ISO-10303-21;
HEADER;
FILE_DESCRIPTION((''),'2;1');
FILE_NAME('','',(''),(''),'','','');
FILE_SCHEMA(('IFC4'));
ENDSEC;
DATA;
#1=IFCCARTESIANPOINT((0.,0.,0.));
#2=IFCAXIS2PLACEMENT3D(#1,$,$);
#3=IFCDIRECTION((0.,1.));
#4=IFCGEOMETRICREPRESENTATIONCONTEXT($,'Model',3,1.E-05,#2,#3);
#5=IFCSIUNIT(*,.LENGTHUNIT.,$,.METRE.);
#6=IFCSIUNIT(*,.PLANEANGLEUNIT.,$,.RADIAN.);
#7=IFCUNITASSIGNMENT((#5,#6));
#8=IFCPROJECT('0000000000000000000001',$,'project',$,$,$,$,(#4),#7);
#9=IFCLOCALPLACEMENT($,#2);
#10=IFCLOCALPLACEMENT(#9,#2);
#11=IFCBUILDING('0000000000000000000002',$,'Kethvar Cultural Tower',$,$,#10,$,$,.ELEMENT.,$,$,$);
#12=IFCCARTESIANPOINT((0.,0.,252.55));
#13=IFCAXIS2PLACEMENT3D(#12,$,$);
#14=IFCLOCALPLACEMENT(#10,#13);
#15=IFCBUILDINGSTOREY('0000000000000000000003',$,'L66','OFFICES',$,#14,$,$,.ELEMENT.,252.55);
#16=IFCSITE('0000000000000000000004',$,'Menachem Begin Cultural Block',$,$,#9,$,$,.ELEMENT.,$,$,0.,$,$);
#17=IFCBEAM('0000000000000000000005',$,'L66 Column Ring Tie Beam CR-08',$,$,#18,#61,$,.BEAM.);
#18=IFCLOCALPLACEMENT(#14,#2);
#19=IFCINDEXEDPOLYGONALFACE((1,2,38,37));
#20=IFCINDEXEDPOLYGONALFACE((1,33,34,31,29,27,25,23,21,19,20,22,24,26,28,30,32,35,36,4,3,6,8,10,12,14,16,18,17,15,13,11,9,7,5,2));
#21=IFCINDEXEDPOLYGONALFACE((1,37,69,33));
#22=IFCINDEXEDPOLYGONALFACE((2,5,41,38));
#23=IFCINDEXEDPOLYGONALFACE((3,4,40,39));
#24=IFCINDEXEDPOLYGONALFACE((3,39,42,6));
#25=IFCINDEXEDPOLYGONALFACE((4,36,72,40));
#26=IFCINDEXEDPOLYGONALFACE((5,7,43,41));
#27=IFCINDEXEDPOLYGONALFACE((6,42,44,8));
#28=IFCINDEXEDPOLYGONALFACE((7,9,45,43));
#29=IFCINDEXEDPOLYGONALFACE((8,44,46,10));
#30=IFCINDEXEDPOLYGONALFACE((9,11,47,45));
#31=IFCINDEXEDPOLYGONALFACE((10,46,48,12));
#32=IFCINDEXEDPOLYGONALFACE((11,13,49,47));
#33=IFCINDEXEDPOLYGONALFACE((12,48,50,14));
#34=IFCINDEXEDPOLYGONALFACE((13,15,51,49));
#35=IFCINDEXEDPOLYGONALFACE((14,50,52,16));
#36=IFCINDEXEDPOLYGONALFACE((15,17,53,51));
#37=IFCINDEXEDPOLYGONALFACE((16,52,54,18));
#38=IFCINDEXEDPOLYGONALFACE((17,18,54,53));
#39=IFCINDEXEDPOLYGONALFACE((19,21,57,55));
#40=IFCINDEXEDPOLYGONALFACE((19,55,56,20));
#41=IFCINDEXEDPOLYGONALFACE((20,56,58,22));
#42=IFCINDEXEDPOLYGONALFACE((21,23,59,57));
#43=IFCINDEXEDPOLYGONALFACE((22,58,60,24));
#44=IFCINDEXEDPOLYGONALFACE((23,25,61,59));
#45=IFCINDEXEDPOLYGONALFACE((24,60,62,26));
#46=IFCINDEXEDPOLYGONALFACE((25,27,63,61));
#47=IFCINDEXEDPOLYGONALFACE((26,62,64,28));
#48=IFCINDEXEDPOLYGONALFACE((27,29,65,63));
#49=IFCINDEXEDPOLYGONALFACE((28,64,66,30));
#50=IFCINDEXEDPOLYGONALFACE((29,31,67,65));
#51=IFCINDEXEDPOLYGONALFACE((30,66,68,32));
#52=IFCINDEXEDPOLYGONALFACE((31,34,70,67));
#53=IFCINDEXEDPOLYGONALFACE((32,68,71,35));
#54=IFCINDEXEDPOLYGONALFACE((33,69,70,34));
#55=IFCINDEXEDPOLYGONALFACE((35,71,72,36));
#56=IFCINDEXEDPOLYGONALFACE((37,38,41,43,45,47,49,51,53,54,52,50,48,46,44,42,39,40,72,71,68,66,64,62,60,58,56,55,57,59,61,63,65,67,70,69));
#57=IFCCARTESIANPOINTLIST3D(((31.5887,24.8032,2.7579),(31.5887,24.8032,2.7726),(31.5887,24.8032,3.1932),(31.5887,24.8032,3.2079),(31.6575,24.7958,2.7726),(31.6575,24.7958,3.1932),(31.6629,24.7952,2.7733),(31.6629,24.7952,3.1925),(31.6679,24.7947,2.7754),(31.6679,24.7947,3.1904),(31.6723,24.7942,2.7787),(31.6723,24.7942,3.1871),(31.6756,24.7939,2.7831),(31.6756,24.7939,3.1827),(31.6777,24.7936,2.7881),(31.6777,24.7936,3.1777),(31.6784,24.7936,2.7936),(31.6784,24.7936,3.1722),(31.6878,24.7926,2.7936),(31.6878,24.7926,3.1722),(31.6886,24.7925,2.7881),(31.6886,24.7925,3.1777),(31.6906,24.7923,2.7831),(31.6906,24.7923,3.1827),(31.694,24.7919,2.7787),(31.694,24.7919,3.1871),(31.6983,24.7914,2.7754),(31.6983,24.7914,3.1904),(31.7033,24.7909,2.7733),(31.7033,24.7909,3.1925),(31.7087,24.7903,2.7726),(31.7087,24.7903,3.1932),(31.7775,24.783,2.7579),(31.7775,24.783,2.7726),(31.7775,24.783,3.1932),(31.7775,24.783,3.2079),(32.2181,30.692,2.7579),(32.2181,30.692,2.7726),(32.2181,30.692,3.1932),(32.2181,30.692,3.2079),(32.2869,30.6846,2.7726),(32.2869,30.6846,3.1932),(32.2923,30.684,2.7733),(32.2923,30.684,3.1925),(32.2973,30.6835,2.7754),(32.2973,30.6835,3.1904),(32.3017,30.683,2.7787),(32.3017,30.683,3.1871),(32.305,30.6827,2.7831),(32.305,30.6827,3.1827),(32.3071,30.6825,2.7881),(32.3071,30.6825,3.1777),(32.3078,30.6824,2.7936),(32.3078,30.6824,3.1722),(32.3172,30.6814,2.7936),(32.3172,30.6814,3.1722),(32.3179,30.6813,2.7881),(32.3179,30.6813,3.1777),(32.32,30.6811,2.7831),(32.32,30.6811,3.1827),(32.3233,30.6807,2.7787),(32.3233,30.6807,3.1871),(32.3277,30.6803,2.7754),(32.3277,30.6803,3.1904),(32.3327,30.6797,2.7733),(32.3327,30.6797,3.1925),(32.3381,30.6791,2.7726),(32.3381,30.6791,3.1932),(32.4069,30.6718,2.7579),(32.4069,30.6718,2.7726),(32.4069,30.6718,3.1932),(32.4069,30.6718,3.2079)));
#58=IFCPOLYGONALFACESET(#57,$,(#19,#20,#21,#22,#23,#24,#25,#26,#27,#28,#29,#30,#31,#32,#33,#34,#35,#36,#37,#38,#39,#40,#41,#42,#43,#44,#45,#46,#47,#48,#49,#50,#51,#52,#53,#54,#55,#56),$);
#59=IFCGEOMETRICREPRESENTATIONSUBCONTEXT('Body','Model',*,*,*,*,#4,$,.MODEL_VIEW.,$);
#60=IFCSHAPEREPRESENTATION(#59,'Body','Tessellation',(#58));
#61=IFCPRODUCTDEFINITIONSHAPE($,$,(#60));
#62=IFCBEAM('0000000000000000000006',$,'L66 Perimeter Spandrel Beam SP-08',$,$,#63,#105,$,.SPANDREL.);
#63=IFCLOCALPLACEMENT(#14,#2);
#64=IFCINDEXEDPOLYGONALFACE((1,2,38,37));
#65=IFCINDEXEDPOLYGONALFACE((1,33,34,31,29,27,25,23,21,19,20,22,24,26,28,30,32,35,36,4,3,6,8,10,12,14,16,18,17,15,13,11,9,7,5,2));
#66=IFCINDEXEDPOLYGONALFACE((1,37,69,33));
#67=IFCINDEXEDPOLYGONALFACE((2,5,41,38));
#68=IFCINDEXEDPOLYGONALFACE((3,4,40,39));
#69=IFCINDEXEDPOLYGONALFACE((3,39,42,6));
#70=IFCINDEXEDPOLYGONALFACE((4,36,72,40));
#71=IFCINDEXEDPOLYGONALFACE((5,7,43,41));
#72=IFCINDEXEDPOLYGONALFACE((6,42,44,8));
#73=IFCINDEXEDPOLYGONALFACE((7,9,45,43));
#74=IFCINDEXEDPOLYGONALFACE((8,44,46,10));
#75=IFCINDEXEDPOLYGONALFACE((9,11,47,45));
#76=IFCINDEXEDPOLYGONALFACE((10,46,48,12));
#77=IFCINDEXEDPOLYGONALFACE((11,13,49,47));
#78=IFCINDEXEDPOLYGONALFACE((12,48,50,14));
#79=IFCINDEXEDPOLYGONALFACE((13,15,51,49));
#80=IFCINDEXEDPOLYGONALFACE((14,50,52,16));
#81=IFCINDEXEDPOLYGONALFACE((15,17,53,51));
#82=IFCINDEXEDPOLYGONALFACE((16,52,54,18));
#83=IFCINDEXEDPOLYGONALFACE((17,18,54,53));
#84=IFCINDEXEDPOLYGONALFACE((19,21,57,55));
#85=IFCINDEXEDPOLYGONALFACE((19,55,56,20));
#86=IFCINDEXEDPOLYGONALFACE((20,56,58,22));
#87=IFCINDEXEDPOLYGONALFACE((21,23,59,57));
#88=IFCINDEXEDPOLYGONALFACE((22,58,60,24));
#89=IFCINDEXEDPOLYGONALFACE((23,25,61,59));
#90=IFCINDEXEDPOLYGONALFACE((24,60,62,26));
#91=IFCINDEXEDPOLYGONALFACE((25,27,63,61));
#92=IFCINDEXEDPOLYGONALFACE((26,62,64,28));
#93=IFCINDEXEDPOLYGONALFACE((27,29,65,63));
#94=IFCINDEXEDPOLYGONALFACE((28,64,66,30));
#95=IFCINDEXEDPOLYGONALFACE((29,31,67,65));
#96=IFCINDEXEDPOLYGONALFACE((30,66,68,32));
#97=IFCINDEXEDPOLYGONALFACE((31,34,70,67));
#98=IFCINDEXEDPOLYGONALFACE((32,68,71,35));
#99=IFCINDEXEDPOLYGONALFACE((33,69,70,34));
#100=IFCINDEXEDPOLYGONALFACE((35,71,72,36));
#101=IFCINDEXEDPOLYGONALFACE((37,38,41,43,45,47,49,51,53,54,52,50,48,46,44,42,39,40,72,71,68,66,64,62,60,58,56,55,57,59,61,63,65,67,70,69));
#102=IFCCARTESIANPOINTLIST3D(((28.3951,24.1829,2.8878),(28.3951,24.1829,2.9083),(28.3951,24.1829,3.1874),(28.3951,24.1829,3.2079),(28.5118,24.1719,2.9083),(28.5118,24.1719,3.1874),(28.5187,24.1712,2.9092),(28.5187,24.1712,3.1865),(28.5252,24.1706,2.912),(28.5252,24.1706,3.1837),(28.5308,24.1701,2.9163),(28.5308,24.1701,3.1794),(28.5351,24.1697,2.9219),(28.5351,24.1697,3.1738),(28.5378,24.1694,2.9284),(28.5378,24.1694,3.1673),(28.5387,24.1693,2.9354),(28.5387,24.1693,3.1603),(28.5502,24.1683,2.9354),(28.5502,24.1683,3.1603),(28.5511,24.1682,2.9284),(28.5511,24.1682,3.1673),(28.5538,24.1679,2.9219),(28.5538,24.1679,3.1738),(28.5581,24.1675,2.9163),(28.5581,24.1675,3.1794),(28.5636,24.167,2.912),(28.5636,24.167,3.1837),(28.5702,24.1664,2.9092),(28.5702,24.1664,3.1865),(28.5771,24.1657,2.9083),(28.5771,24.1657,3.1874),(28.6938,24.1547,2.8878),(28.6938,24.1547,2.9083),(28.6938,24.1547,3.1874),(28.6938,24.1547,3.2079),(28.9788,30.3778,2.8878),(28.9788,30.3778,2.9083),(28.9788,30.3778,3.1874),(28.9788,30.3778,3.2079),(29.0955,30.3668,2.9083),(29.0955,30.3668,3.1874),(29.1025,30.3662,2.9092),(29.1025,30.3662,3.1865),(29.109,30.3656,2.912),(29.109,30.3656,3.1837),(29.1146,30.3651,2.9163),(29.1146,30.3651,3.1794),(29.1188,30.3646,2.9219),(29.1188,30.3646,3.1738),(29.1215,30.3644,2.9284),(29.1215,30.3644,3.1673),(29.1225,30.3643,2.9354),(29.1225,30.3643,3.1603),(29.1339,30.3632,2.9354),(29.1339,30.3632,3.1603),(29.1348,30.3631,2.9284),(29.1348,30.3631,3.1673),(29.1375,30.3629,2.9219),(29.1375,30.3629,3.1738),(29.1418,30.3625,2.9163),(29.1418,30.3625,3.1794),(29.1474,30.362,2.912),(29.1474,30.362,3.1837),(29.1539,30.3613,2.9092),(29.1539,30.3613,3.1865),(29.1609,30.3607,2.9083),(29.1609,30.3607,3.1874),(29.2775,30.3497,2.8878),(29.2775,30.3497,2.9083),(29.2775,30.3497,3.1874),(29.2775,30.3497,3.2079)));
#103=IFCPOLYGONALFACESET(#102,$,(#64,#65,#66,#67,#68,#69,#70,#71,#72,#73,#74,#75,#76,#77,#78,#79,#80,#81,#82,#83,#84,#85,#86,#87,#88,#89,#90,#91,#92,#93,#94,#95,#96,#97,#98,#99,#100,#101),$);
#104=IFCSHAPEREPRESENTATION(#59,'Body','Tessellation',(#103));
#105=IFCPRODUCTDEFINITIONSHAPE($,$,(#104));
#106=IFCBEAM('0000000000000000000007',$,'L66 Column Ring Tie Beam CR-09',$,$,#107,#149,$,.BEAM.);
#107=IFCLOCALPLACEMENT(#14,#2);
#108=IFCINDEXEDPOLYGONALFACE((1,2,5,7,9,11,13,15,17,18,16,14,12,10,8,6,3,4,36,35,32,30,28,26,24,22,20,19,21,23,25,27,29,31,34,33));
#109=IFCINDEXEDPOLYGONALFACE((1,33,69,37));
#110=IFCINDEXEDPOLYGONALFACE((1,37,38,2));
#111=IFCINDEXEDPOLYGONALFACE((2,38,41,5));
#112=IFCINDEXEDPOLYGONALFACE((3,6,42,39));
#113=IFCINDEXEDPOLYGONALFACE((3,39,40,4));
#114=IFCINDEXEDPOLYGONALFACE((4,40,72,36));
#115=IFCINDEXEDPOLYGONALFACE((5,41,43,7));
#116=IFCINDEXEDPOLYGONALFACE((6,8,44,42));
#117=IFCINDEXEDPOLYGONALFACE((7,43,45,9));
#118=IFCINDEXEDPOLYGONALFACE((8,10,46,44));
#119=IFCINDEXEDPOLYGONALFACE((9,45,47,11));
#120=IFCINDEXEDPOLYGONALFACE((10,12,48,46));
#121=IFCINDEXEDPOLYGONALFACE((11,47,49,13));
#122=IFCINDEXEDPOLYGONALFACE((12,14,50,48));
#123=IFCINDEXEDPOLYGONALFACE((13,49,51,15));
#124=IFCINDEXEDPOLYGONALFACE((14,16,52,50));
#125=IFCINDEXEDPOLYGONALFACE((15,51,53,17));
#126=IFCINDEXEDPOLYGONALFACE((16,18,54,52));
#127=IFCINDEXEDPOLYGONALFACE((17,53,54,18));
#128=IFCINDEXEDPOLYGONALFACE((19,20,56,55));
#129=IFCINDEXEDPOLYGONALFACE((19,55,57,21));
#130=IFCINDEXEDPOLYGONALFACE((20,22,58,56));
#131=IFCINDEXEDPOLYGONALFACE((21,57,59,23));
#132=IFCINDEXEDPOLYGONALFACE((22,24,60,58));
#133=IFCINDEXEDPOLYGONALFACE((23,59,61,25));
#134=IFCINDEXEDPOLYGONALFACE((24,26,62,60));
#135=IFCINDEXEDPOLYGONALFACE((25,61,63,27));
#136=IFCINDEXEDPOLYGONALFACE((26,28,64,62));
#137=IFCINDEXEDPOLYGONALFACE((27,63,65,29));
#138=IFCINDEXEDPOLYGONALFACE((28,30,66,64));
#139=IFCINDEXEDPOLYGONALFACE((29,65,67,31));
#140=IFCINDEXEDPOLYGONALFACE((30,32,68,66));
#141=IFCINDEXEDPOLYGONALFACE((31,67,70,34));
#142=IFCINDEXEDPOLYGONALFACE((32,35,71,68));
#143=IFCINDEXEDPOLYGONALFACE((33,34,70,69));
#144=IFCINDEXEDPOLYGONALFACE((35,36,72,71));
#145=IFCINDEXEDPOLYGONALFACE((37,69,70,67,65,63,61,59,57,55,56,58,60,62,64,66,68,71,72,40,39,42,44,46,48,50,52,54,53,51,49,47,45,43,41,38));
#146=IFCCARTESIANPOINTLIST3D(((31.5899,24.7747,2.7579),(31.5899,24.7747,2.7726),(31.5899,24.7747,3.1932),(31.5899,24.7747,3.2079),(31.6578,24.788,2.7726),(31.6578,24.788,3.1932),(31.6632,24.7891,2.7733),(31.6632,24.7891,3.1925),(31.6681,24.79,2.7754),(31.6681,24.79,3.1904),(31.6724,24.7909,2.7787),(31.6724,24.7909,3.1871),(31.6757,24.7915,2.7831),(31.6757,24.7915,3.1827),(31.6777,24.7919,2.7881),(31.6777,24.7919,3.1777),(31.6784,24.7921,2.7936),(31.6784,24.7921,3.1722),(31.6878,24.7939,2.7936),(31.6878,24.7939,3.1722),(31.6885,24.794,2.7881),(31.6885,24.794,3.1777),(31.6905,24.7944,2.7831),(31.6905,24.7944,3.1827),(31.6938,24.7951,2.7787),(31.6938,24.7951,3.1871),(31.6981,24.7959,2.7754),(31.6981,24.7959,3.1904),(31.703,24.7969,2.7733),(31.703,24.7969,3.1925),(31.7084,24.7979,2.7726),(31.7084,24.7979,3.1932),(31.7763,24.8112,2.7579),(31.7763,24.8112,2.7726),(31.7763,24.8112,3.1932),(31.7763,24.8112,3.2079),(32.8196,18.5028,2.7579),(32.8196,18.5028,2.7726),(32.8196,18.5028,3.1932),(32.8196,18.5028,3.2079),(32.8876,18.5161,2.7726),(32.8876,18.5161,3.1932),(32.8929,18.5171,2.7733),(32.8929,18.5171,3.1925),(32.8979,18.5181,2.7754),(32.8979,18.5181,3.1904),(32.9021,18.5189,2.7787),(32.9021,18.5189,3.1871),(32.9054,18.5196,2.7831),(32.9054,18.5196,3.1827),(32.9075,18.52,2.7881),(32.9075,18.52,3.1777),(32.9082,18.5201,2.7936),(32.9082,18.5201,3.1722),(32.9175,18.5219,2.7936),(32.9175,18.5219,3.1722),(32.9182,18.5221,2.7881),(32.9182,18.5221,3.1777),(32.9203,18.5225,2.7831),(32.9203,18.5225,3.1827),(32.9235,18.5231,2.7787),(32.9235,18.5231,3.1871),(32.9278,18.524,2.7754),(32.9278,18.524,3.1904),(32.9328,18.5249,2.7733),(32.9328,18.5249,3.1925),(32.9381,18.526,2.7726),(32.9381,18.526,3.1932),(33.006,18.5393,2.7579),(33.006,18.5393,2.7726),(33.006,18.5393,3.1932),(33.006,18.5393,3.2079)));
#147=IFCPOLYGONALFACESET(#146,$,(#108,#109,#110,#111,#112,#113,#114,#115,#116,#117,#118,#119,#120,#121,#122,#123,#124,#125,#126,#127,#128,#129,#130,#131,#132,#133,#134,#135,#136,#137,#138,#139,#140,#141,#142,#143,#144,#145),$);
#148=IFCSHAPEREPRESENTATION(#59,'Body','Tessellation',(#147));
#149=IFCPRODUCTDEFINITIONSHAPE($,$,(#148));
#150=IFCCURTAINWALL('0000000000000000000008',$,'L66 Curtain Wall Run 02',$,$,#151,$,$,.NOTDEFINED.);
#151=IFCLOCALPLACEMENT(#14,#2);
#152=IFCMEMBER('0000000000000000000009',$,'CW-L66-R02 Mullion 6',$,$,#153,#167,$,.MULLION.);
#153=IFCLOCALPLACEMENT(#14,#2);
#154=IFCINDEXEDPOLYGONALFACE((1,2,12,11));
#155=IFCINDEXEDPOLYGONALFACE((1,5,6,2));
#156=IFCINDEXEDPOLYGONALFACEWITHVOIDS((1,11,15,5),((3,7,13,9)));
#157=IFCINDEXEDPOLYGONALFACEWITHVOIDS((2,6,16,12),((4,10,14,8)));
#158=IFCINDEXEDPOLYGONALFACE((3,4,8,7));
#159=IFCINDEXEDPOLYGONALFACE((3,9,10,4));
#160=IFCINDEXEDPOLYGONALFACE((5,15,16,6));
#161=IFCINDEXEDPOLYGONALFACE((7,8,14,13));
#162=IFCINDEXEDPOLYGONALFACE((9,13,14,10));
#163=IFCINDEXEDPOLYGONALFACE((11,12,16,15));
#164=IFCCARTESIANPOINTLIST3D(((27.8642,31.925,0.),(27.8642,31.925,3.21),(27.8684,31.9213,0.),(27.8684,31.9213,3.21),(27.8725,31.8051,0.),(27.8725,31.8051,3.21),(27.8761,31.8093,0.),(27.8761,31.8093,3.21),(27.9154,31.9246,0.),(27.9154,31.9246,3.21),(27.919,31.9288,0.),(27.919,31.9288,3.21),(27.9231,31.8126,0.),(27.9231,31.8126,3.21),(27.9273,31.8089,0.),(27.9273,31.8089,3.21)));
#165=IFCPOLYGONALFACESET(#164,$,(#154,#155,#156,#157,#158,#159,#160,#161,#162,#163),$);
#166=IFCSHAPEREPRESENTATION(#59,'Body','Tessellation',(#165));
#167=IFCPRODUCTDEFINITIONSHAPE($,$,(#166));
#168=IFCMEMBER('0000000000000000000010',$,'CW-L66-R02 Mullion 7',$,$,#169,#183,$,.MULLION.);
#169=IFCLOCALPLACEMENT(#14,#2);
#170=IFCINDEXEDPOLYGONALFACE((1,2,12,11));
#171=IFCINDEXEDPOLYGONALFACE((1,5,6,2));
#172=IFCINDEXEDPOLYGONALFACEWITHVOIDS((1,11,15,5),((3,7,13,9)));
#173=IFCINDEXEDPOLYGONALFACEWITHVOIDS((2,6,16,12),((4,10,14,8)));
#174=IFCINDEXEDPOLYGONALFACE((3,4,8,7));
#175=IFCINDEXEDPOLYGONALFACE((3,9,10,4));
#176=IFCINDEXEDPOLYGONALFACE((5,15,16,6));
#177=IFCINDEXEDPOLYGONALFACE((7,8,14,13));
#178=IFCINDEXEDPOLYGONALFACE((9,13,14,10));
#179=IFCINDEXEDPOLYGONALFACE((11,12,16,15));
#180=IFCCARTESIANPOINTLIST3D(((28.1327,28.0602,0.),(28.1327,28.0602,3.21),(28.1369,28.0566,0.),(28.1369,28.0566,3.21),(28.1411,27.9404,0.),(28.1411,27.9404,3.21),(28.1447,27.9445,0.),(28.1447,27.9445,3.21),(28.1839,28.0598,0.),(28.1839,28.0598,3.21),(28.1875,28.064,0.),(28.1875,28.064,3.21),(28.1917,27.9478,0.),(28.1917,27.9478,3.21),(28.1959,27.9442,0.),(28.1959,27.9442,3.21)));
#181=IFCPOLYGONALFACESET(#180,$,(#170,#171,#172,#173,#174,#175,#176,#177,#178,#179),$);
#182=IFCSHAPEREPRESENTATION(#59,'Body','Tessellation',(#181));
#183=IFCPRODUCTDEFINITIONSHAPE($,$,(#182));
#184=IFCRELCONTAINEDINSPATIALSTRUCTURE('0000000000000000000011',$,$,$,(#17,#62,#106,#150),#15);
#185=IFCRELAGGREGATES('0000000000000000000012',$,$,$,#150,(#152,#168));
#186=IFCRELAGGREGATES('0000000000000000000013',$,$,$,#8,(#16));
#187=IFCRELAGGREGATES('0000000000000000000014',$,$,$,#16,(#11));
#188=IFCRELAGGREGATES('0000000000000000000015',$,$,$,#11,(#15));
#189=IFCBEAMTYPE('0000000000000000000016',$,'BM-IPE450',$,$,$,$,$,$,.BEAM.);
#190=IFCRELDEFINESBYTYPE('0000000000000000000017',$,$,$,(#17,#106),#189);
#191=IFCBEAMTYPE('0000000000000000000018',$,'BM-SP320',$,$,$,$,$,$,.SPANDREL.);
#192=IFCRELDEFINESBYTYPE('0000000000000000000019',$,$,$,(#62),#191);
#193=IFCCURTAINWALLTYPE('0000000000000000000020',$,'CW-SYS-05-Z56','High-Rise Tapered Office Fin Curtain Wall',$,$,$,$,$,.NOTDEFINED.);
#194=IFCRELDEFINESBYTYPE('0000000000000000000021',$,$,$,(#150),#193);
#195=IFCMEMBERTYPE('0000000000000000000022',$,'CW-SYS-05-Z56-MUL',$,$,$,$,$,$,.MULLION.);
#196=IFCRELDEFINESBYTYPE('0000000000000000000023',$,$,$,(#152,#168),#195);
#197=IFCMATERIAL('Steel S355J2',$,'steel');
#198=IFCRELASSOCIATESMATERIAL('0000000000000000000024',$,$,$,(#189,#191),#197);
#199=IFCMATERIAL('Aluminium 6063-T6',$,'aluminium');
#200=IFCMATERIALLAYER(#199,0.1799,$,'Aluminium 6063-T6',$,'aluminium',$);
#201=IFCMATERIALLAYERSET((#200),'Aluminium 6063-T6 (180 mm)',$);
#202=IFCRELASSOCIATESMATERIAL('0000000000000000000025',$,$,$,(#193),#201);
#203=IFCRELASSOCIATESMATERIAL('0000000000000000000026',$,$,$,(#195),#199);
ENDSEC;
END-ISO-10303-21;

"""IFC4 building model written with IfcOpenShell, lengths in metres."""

from ifc_helpers import new_model, si_unit, direction, frame, origin, origin_2d, place, context, subcontext, project, spatial, hollow_rectangle, i_section, extrude, source, transform, mapped, material, layer, layer_set, material_profile, profile_set, type_object, element, aggregate, save


model = new_model("IFC4")

# Units and contexts
model_context = context("Model", 3, precision=1e-05, world=origin(), true_north=direction((0.0, 1.0)))
body_context = subcontext(model_context, "Body", "Model", "MODEL_VIEW")
ifc_project = project(units=[si_unit("LENGTHUNIT", "METRE"), si_unit("PLANEANGLEUNIT", "RADIAN")], contexts=[model_context])

# Site, building, storey
site_placement = place(None, origin())
site = spatial("IfcSite", under=ifc_project, at=site_placement, Name="Menachem Begin Cultural Block", CompositionType="ELEMENT", RefElevation=0.0)
building_placement = place(site_placement, origin())
building = spatial("IfcBuilding", under=site, at=building_placement, Name="Kethvar Cultural Tower", CompositionType="ELEMENT")
storey_placement = place(building_placement, frame((0.0, 0.0, 252.55)))
storey = spatial("IfcBuildingStorey", under=building, at=storey_placement, Name="L66", Description="OFFICES", CompositionType="ELEMENT", Elevation=252.55)

# Beams
ifc_material_1 = material(Name="Steel S355J2", Category="steel")
ifc_material_profile_1 = material_profile(ifc_material_1, i_section(OverallWidth=0.1899, OverallDepth=0.45, WebThickness=0.0095, FlangeThickness=0.0146, FilletRadius=0.021, at=origin_2d()), Name="Steel S355J2 — IPE450")
ifc_profile_set_1 = profile_set([ifc_material_profile_1], Name="Steel S355J2 — IPE450")
beam_type_1 = type_object("IfcBeamType", Name="BM-IPE450", PredefinedType="BEAM", material=ifc_profile_set_1)
shared_shape_1 = source(origin(), body_context, "Body", "SweptSolid", [
    extrude(i_section(OverallWidth=0.1899, OverallDepth=0.45, WebThickness=0.0095, FlangeThickness=0.0146, FilletRadius=0.021, at=origin_2d()), origin(), (0.0, 0.0, 1.0), 5.9224),
])
beam_1_placement = place(storey_placement, frame((32.3125, 30.6819, 2.9829), z_axis=(-0.106273, -0.994337, 0.0), x_axis=(0.994337, -0.106273, 0.0)))
element("IfcBeam", 1, at=beam_1_placement, inside=storey, type_object=beam_type_1, Name="L66 Column Ring Tie Beam CR-08", PredefinedType="BEAM", context=body_context, shape_type="MappedRepresentation", body=[
    mapped(shared_shape_1, transform((0.0, 0.0, 0.0), scale=1.0)),
])
ifc_material_profile_2 = material_profile(ifc_material_1, i_section(OverallWidth=0.3, OverallDepth=0.3201, WebThickness=0.0115, FlangeThickness=0.0205, FilletRadius=0.0271, at=origin_2d()), Name="Steel S355J2 — HEB320")
ifc_profile_set_2 = profile_set([ifc_material_profile_2], Name="Steel S355J2 — HEB320")
beam_type_2 = type_object("IfcBeamType", Name="BM-SP320", PredefinedType="SPANDREL", material=ifc_profile_set_2)
shared_shape_2 = source(origin(), body_context, "Body", "SweptSolid", [
    extrude(i_section(OverallWidth=0.3, OverallDepth=0.3201, WebThickness=0.0115, FlangeThickness=0.0205, FilletRadius=0.0271, at=origin_2d()), origin(), (0.0, 0.0, 1.0), 6.2224),
])
beam_2_placement = place(storey_placement, frame((29.1282, 30.3638, 3.0479), z_axis=(-0.093811, -0.99559, 0.0), x_axis=(0.99559, -0.093811, 0.0)))
element("IfcBeam", 2, at=beam_2_placement, inside=storey, type_object=beam_type_2, Name="L66 Perimeter Spandrel Beam SP-08", PredefinedType="SPANDREL", context=body_context, shape_type="MappedRepresentation", body=[
    mapped(shared_shape_2, transform((0.0, 0.0, 0.0), scale=1.0)),
])
shared_shape_3 = source(origin(), body_context, "Body", "SweptSolid", [
    extrude(i_section(OverallWidth=0.1899, OverallDepth=0.45, WebThickness=0.0095, FlangeThickness=0.0146, FilletRadius=0.021, at=origin_2d()), origin(), (0.0, 0.0, 1.0), 6.3914),
])
beam_3_placement = place(storey_placement, frame((31.6831, 24.793, 2.9829), z_axis=(0.192405, -0.981316, 0.0), x_axis=(0.981316, 0.192405, 0.0)))
element("IfcBeam", 3, at=beam_3_placement, inside=storey, type_object=beam_type_1, Name="L66 Column Ring Tie Beam CR-09", PredefinedType="BEAM", context=body_context, shape_type="MappedRepresentation", body=[
    mapped(shared_shape_3, transform((0.0, 0.0, 0.0), scale=1.0)),
])

# Curtain wall, members
ifc_material_2 = material(Name="Aluminium 6063-T6", Category="aluminium")
ifc_layer_1 = layer(ifc_material_2, 0.1799, Name="Aluminium 6063-T6", Category="aluminium")
ifc_layer_set_1 = layer_set([ifc_layer_1], Name="Aluminium 6063-T6 (180 mm)")
curtain_wall_type = type_object("IfcCurtainWallType", Name="CW-SYS-05-Z56", Description="High-Rise Tapered Office Fin Curtain Wall", PredefinedType="NOTDEFINED", material=ifc_layer_set_1)
curtain_wall_1_placement = place(storey_placement, origin())
curtain_wall_1 = element("IfcCurtainWall", 4, at=curtain_wall_1_placement, inside=storey, type_object=curtain_wall_type, Name="L66 Curtain Wall Run 02", PredefinedType="NOTDEFINED")
ifc_material_profile_3 = material_profile(ifc_material_2, hollow_rectangle(XDim=0.0549, YDim=0.1201, WallThickness=0.0039, at=origin_2d()), Name="Aluminium 6063-T6 — RHS120x55x4")
ifc_profile_set_3 = profile_set([ifc_material_profile_3], Name="Aluminium 6063-T6 — RHS120x55x4")
member_type_1 = type_object("IfcMemberType", Name="CW-SYS-05-Z56-MUL", PredefinedType="MULLION", material=ifc_profile_set_3)
shared_shape_4 = source(origin(), body_context, "Body", "SweptSolid", [
    extrude(hollow_rectangle(XDim=0.0549, YDim=0.1201, WallThickness=0.0039, at=origin_2d()), origin(), (0.0, 0.0, 1.0), 3.21),
])
member_1_placement = place(storey_placement, frame((27.8958, 31.8669, 0.0), z_axis=(0.0, 0.0, 1.0), x_axis=(0.997597, 0.069286, 0.0)))
member_1 = element("IfcMember", 5, at=member_1_placement, type_object=member_type_1, Name="CW-L66-R02 Mullion 6", PredefinedType="MULLION", context=body_context, shape_type="MappedRepresentation", body=[
    mapped(shared_shape_4, transform((0.0, 0.0, 0.0), scale=1.0)),
])
member_2_placement = place(storey_placement, frame((28.1643, 28.0022, 0.0), z_axis=(0.0, 0.0, 1.0), x_axis=(0.997597, 0.069286, 0.0)))
member_2 = element("IfcMember", 6, at=member_2_placement, type_object=member_type_1, Name="CW-L66-R02 Mullion 7", PredefinedType="MULLION", context=body_context, shape_type="MappedRepresentation", body=[
    mapped(shared_shape_4, transform((0.0, 0.0, 0.0), scale=1.0)),
])

aggregate(curtain_wall_1, [member_1, member_2])

save(model, "model.ifc")
